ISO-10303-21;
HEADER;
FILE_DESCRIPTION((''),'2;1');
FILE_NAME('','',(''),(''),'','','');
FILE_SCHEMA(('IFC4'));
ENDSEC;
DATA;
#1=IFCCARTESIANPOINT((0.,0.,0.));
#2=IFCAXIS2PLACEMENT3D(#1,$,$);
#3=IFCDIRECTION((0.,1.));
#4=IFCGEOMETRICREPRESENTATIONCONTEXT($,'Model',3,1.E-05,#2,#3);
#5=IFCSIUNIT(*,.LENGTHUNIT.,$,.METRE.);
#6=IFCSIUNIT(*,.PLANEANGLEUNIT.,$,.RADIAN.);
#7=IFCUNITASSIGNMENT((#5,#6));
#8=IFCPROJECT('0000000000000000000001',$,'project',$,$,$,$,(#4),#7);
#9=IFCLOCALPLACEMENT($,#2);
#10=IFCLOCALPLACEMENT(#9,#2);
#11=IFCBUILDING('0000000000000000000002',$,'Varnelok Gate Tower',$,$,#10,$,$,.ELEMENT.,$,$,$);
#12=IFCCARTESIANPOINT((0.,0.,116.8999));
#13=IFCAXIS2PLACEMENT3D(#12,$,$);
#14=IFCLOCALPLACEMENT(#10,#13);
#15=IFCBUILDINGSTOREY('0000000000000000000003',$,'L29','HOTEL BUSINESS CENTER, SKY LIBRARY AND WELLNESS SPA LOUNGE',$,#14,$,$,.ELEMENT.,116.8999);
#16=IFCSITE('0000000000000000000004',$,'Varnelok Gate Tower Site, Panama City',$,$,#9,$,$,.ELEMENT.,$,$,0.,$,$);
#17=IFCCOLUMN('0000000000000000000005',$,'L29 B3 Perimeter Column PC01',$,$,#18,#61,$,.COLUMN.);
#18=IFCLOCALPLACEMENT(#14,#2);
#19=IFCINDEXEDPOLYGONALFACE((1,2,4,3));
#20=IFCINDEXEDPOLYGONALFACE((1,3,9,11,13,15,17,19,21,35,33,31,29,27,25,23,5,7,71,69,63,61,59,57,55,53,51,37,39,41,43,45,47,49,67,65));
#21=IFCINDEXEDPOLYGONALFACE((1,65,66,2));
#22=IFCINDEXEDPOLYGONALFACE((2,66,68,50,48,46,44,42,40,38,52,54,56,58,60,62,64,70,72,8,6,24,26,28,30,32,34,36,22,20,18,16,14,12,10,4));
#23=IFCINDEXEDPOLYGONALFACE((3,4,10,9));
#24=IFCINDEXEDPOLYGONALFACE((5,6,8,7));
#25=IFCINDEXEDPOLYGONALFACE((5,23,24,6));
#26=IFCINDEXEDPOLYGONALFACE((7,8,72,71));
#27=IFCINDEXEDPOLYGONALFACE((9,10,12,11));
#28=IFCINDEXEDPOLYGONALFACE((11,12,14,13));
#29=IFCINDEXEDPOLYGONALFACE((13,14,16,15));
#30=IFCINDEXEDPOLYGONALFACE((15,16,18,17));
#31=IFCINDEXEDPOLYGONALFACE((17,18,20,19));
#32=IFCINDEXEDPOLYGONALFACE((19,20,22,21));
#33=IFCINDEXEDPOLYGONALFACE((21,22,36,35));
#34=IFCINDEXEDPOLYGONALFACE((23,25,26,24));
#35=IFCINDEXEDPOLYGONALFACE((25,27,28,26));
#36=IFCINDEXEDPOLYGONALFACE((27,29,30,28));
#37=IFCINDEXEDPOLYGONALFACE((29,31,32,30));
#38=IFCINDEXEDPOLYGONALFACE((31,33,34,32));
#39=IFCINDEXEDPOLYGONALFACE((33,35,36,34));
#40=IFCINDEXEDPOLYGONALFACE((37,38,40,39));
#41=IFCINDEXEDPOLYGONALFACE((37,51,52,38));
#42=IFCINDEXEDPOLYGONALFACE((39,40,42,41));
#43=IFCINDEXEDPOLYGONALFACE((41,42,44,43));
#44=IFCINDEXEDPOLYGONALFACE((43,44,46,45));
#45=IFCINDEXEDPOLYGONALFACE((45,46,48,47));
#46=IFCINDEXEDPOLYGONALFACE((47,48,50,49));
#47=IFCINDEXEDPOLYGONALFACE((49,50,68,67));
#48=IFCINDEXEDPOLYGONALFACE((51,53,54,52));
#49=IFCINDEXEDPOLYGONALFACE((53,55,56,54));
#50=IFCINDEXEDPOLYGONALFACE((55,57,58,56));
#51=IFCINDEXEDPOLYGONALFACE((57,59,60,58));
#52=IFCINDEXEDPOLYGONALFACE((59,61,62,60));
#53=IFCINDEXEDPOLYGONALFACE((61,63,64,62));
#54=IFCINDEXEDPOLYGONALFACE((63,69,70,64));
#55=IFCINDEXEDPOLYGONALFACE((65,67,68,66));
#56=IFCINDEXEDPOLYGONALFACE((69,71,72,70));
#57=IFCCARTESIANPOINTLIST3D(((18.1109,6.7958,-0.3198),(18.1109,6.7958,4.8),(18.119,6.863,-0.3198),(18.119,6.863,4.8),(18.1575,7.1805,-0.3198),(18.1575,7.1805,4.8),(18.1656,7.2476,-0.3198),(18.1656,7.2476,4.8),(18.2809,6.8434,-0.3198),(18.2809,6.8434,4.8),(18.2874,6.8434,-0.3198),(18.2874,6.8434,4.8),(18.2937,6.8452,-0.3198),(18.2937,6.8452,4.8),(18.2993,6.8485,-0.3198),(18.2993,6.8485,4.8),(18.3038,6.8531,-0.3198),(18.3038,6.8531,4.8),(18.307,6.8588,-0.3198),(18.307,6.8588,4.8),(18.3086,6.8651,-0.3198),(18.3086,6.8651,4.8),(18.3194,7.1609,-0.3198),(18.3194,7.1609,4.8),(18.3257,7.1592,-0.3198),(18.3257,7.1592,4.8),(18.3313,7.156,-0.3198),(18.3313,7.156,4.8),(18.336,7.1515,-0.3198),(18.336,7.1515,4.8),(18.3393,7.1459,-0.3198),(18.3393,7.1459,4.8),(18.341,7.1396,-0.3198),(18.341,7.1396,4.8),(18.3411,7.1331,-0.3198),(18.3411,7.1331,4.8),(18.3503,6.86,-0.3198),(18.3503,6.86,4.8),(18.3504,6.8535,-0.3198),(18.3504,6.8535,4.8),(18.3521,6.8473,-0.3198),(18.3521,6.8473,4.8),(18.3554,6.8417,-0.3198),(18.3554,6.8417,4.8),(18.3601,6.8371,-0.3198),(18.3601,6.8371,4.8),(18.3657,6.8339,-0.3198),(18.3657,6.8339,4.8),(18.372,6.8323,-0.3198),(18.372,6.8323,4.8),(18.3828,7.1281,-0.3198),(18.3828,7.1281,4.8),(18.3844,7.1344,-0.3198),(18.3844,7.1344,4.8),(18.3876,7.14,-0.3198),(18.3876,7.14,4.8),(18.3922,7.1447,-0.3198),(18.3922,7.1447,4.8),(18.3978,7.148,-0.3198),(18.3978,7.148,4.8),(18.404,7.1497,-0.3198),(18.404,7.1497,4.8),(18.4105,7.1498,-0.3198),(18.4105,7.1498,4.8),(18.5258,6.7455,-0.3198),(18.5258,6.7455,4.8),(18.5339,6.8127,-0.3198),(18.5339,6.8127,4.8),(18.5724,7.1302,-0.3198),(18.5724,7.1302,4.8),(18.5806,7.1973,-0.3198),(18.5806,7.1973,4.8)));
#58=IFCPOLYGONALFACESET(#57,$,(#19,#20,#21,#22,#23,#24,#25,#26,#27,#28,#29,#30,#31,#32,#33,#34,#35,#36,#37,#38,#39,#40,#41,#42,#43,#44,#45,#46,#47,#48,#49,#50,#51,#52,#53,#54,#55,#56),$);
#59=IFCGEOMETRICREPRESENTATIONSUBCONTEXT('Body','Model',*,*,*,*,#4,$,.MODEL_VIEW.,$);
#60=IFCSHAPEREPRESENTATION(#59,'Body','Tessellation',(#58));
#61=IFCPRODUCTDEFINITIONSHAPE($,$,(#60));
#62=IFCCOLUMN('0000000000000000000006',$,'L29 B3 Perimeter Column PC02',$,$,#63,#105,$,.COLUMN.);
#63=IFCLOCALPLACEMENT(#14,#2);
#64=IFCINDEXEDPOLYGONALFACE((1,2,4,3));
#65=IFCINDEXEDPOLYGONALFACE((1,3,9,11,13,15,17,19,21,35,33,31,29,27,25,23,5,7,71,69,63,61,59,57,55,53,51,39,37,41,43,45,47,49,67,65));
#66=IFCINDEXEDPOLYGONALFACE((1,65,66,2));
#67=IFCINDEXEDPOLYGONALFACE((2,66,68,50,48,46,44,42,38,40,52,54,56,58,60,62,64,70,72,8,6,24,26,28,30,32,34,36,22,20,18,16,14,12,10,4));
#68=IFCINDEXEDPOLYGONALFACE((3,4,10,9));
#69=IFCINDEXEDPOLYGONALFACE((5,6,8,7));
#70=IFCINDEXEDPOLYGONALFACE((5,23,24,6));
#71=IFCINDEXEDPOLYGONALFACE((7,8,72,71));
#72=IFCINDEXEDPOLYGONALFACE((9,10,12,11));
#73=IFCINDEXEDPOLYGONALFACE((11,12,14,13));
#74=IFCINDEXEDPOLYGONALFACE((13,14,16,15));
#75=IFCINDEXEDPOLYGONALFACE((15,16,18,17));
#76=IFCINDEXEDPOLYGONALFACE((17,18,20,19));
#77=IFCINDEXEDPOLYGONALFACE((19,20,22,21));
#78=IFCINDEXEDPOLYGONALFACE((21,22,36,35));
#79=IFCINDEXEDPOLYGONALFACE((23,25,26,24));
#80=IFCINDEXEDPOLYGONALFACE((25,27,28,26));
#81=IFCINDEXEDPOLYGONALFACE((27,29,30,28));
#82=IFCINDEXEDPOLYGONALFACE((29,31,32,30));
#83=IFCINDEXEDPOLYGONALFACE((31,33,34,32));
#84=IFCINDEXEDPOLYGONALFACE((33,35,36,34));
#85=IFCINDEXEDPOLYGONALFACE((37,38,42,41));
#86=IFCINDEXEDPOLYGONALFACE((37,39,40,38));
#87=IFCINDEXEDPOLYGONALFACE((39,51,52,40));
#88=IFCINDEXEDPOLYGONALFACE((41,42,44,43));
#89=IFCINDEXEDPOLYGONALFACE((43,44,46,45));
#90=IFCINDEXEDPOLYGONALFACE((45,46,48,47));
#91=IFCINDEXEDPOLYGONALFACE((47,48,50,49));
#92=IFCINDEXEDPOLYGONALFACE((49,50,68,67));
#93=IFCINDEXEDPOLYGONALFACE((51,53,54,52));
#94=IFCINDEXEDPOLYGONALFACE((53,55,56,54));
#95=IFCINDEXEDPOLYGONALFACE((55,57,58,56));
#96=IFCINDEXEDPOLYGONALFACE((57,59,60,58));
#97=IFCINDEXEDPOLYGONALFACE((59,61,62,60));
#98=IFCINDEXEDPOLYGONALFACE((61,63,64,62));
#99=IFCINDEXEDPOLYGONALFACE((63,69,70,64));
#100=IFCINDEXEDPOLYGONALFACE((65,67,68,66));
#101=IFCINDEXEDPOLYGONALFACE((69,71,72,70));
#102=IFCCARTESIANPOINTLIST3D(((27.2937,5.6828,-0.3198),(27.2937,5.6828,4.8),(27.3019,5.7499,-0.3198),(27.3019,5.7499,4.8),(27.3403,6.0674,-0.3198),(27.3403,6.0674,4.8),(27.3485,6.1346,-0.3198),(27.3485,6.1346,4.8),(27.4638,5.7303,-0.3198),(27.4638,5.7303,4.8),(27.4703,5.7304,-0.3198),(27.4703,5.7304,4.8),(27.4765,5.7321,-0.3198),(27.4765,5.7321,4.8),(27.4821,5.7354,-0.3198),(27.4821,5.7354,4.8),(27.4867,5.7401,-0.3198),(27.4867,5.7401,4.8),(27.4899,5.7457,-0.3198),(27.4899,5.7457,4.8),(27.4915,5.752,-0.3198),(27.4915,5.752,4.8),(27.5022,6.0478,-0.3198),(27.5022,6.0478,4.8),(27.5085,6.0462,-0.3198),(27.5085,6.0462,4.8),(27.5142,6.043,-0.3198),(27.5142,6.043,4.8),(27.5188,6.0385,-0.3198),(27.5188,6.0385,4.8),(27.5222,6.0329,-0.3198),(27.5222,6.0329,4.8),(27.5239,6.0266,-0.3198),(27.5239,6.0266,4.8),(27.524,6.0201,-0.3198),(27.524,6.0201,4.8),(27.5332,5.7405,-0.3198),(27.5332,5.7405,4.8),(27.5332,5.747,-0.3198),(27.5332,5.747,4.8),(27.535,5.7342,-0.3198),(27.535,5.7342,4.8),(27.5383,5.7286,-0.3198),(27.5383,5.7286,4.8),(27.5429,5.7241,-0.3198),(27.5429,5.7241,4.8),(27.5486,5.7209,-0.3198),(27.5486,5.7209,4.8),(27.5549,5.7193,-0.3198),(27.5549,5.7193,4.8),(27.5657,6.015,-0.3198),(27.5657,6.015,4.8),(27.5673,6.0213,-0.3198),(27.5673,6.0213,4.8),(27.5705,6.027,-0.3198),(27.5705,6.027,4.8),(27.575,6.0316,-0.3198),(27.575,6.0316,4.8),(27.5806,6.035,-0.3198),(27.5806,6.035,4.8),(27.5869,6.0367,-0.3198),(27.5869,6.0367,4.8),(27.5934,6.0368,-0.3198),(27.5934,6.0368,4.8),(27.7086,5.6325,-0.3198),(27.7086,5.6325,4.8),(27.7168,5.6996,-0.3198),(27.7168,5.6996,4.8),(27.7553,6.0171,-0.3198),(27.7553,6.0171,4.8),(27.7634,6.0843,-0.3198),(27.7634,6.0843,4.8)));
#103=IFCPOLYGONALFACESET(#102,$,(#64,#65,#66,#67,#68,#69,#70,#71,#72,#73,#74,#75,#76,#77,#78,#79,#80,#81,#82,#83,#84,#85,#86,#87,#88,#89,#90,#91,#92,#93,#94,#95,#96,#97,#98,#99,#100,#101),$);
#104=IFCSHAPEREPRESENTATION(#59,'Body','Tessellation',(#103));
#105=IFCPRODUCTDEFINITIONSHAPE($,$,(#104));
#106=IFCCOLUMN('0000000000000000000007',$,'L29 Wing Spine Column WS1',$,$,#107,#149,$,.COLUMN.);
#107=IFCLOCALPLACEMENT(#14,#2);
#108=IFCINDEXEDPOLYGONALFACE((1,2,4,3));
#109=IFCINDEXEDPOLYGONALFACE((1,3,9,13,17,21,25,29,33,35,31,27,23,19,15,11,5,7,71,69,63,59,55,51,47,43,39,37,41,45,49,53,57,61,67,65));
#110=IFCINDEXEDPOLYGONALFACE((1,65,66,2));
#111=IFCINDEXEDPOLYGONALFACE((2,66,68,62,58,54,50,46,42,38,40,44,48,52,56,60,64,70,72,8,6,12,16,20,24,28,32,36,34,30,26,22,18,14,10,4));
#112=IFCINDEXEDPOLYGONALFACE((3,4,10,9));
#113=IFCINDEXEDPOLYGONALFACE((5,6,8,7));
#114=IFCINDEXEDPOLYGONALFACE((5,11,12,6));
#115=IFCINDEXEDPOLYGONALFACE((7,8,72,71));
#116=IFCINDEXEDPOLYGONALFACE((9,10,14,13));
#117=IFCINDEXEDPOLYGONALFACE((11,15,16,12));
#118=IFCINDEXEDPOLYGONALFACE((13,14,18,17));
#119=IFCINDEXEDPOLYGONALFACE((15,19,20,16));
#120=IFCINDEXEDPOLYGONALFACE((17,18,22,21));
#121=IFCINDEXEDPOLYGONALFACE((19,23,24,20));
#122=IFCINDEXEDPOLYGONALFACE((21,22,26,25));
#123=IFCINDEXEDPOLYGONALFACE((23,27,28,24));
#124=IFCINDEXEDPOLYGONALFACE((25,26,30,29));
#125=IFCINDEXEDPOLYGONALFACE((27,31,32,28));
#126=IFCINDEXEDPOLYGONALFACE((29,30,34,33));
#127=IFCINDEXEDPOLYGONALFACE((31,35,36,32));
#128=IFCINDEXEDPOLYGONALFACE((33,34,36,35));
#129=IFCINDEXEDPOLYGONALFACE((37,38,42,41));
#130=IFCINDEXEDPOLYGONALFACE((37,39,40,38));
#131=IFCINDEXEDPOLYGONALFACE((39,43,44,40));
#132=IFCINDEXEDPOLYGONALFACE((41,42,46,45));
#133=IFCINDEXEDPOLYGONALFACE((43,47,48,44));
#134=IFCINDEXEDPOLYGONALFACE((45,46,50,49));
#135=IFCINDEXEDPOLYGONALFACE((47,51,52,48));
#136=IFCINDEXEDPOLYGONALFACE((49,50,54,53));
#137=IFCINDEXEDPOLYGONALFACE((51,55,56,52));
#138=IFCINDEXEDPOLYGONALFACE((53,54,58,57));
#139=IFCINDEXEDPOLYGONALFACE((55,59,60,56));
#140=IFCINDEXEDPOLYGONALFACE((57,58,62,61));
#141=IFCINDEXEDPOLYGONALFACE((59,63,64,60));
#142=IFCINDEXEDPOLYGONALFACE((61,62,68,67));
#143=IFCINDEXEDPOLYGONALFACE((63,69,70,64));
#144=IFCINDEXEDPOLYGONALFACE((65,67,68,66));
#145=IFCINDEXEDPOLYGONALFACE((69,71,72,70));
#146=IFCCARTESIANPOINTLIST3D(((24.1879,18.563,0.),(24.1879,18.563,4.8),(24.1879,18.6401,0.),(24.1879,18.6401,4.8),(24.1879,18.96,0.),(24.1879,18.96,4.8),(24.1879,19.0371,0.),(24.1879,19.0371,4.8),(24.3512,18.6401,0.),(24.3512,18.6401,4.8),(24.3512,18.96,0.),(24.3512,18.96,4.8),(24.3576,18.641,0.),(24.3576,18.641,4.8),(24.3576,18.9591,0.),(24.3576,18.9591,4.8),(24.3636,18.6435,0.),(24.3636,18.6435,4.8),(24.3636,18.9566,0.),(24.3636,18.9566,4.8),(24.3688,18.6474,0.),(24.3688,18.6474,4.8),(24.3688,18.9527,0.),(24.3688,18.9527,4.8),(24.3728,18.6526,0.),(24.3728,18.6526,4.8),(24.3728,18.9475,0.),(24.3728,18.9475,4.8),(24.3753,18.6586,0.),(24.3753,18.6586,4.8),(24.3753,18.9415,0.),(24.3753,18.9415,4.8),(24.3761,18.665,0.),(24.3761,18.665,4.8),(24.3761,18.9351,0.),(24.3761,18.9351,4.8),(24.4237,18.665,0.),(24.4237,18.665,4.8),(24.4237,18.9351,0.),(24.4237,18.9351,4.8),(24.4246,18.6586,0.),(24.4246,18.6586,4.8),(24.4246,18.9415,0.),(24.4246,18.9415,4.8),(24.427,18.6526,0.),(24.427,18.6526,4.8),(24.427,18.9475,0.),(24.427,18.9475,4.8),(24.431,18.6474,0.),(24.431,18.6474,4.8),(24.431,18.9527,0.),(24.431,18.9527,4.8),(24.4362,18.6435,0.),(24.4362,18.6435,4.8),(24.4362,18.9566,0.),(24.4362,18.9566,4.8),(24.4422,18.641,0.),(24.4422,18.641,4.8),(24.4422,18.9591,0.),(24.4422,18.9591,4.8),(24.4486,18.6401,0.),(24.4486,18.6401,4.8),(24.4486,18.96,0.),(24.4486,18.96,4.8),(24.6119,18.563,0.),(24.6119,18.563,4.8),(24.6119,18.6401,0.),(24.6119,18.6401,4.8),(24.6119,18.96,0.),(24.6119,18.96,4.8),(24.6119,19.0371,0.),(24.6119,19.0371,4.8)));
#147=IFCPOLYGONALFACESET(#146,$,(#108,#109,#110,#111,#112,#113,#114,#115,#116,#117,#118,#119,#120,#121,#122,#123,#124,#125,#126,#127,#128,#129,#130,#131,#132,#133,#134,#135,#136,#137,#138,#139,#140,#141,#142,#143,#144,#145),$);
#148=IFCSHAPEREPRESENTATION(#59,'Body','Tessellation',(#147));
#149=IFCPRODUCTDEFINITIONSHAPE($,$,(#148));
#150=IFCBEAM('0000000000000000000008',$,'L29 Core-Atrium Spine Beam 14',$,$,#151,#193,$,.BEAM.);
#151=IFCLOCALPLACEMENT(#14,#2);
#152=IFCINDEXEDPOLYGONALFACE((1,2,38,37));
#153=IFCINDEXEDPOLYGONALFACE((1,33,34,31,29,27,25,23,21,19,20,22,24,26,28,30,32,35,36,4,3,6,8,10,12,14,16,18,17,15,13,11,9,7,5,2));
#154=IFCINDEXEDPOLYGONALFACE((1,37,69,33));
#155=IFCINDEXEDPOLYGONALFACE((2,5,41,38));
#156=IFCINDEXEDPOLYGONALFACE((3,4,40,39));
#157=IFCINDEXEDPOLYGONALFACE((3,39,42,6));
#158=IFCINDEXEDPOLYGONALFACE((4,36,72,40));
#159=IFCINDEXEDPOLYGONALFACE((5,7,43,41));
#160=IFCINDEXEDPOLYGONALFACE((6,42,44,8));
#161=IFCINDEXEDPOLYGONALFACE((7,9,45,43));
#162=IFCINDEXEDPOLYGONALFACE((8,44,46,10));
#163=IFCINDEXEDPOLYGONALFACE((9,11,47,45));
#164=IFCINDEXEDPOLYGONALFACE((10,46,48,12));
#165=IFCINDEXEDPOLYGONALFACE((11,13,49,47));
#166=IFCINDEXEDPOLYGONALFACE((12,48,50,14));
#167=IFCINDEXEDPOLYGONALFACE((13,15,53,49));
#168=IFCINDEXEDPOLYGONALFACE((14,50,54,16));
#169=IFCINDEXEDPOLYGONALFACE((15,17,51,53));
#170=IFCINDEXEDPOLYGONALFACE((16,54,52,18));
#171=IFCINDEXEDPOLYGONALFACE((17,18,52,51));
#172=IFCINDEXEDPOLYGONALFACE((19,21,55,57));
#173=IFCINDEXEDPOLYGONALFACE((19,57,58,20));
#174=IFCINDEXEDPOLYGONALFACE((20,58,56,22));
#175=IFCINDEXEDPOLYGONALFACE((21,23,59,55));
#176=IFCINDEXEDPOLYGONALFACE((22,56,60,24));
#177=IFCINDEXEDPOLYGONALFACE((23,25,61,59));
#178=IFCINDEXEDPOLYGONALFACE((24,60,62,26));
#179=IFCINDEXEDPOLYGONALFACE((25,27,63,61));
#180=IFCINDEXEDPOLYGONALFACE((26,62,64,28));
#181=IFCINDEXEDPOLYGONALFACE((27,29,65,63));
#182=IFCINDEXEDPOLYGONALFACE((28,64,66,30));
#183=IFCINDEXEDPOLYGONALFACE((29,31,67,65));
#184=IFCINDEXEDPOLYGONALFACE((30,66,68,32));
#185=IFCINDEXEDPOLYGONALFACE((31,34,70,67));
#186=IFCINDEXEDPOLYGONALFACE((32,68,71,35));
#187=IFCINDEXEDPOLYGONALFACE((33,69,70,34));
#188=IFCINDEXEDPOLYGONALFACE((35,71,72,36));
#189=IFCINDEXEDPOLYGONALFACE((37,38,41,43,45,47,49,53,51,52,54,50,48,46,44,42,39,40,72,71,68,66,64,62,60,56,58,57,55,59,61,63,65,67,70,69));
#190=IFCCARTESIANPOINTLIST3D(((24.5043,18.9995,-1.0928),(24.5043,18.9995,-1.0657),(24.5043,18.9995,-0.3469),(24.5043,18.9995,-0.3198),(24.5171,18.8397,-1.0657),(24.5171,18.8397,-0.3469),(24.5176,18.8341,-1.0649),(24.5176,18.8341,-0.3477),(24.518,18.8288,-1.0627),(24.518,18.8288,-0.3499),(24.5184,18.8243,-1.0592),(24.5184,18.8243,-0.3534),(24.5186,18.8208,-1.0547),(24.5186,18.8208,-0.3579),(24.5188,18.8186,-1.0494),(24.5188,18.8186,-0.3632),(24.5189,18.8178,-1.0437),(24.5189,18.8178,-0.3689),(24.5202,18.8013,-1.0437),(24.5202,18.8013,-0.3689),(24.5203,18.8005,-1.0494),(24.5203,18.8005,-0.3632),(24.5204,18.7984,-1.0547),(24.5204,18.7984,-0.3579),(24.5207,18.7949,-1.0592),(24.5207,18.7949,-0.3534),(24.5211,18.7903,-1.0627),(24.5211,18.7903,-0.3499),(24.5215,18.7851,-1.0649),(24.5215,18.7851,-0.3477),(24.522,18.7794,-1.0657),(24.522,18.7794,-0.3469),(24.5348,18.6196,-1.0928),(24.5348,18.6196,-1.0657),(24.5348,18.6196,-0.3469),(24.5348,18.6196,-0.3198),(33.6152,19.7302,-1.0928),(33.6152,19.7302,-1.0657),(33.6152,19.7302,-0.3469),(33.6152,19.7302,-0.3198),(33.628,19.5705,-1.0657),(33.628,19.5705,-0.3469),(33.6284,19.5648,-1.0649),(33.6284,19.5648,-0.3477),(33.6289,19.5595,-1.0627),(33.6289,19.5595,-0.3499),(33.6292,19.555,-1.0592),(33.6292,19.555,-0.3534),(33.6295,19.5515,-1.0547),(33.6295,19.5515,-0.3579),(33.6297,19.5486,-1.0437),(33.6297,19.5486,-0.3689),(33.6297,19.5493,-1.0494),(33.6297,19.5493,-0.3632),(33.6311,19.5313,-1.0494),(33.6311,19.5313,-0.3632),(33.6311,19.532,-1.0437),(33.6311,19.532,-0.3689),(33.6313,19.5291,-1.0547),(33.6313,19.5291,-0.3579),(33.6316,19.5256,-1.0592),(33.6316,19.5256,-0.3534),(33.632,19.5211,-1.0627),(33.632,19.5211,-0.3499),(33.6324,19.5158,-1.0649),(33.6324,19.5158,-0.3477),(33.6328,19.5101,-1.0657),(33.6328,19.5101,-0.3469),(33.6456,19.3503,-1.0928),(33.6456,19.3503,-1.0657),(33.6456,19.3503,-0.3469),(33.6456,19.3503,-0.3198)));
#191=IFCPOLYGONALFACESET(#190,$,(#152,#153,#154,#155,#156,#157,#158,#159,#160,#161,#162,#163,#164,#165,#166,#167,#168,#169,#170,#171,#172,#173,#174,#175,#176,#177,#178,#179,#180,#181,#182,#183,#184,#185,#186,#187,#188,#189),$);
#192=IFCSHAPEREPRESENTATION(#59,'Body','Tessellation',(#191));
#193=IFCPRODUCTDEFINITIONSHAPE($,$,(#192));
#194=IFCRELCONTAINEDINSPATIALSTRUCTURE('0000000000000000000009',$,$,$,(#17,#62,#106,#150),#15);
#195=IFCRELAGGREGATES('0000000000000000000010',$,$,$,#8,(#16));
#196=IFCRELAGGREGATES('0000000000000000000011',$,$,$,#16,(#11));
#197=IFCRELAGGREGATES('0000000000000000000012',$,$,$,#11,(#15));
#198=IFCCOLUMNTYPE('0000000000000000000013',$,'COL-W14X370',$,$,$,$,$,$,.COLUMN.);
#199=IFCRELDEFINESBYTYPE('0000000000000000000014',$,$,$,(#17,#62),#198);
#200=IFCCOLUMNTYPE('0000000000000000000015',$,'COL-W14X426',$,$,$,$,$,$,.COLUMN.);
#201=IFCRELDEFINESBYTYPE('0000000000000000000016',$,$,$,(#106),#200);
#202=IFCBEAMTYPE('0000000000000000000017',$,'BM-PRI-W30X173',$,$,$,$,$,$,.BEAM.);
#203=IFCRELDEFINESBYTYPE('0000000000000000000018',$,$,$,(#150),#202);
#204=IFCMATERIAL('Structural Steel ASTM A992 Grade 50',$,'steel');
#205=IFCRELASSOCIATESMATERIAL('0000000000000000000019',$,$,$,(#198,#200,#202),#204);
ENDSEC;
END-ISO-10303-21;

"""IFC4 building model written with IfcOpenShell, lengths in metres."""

from ifc_helpers import new_model, si_unit, direction, frame, origin, origin_2d, place, context, subcontext, project, spatial, i_section, extrude, material, material_profile, profile_set, type_object, element, save


model = new_model("IFC4")

# Units and contexts
model_context = context("Model", 3, precision=1e-05, world=origin(), true_north=direction((0.0, 1.0)))
body_context = subcontext(model_context, "Body", "Model", "MODEL_VIEW")
ifc_project = project(units=[si_unit("LENGTHUNIT", "METRE"), si_unit("PLANEANGLEUNIT", "RADIAN")], contexts=[model_context])

# Site, building, storey
site_placement = place(None, origin())
site = spatial("IfcSite", under=ifc_project, at=site_placement, Name="Varnelok Gate Tower Site, Panama City", CompositionType="ELEMENT", RefElevation=0.0)
building_placement = place(site_placement, origin())
building = spatial("IfcBuilding", under=site, at=building_placement, Name="Varnelok Gate Tower", CompositionType="ELEMENT")
storey_placement = place(building_placement, frame((0.0, 0.0, 116.8999)))
storey = spatial("IfcBuildingStorey", under=building, at=storey_placement, Name="L29", Description="HOTEL BUSINESS CENTER, SKY LIBRARY AND WELLNESS SPA LOUNGE", CompositionType="ELEMENT", Elevation=116.8999)

# Columns
ifc_material_1 = material(Name="Structural Steel ASTM A992 Grade 50", Category="steel")
ifc_material_profile_1 = material_profile(ifc_material_1, i_section(OverallWidth=0.418, OverallDepth=0.4551, WebThickness=0.042, FlangeThickness=0.0676, FilletRadius=0.0249, at=origin_2d()), Name="W14X370")
ifc_profile_set_1 = profile_set([ifc_material_profile_1], Name="Structural Steel ASTM A992 Grade 50")
column_type_1 = type_object("IfcColumnType", Name="COL-W14X370", PredefinedType="COLUMN", material=ifc_profile_set_1)
for number, where, z_axis, x_axis, name in (
    (1, (18.3457, 6.9966, -0.3198), (0.0, 0.0, 1.0), (0.992732, -0.120345, 0.0), "L29 B3 Perimeter Column PC01"),
    (2, (27.5286, 5.8835, -0.3198), (0.0, 0.0, 1.0), (0.992732, -0.120345, 0.0), "L29 B3 Perimeter Column PC02"),
):
    element("IfcColumn", number, at=place(storey_placement, frame(where, z_axis=z_axis, x_axis=x_axis)), inside=storey, type_object=column_type_1, Name=name, PredefinedType="COLUMN", context=body_context, shape_type="SweptSolid", body=[
        extrude(i_section(OverallWidth=0.418, OverallDepth=0.4551, WebThickness=0.042, FlangeThickness=0.0676, FilletRadius=0.0249, at=origin_2d()), origin(), (0.0, 0.0, 1.0), 5.1199),
    ])
ifc_material_profile_2 = material_profile(ifc_material_1, i_section(OverallWidth=0.4241, OverallDepth=0.4741, WebThickness=0.0476, FlangeThickness=0.0771, FilletRadius=0.0249, at=origin_2d()), Name="W14X426")
ifc_profile_set_2 = profile_set([ifc_material_profile_2], Name="Structural Steel ASTM A992 Grade 50")
column_type_2 = type_object("IfcColumnType", Name="COL-W14X426", PredefinedType="COLUMN", material=ifc_profile_set_2)
column_placement = place(storey_placement, frame((24.3999, 18.8, 0.0), z_axis=(0.0, 0.0, 1.0), x_axis=(1.0, 0.0, 0.0)))
element("IfcColumn", 3, at=column_placement, inside=storey, type_object=column_type_2, Name="L29 Wing Spine Column WS1", PredefinedType="COLUMN", context=body_context, shape_type="SweptSolid", body=[
    extrude(i_section(OverallWidth=0.4241, OverallDepth=0.4741, WebThickness=0.0476, FlangeThickness=0.0771, FilletRadius=0.0249, at=origin_2d()), origin(), (0.0, 0.0, 1.0), 4.8),
])

# Beam
ifc_material_profile_3 = material_profile(ifc_material_1, i_section(OverallWidth=0.3811, OverallDepth=0.7729, WebThickness=0.0166, FlangeThickness=0.0271, FilletRadius=0.022, at=origin_2d()), Name="W30X173")
ifc_profile_set_3 = profile_set([ifc_material_profile_3], Name="Structural Steel ASTM A992 Grade 50")
beam_type_1 = type_object("IfcBeamType", Name="BM-PRI-W30X173", PredefinedType="BEAM", material=ifc_profile_set_3)
beam_1_placement = place(storey_placement, frame((24.5195, 18.8096, -0.7063), z_axis=(0.996799, 0.079946, 0.0), x_axis=(-0.079946, 0.996799, 0.0)))
element("IfcBeam", 4, at=beam_1_placement, inside=storey, type_object=beam_type_1, Name="L29 Core-Atrium Spine Beam 14", PredefinedType="BEAM", context=body_context, shape_type="SweptSolid", body=[
    extrude(i_section(OverallWidth=0.3811, OverallDepth=0.7729, WebThickness=0.0166, FlangeThickness=0.0271, FilletRadius=0.022, at=origin_2d()), origin(), (0.0, 0.0, 1.0), 9.1401),
])

save(model, "model.ifc")
